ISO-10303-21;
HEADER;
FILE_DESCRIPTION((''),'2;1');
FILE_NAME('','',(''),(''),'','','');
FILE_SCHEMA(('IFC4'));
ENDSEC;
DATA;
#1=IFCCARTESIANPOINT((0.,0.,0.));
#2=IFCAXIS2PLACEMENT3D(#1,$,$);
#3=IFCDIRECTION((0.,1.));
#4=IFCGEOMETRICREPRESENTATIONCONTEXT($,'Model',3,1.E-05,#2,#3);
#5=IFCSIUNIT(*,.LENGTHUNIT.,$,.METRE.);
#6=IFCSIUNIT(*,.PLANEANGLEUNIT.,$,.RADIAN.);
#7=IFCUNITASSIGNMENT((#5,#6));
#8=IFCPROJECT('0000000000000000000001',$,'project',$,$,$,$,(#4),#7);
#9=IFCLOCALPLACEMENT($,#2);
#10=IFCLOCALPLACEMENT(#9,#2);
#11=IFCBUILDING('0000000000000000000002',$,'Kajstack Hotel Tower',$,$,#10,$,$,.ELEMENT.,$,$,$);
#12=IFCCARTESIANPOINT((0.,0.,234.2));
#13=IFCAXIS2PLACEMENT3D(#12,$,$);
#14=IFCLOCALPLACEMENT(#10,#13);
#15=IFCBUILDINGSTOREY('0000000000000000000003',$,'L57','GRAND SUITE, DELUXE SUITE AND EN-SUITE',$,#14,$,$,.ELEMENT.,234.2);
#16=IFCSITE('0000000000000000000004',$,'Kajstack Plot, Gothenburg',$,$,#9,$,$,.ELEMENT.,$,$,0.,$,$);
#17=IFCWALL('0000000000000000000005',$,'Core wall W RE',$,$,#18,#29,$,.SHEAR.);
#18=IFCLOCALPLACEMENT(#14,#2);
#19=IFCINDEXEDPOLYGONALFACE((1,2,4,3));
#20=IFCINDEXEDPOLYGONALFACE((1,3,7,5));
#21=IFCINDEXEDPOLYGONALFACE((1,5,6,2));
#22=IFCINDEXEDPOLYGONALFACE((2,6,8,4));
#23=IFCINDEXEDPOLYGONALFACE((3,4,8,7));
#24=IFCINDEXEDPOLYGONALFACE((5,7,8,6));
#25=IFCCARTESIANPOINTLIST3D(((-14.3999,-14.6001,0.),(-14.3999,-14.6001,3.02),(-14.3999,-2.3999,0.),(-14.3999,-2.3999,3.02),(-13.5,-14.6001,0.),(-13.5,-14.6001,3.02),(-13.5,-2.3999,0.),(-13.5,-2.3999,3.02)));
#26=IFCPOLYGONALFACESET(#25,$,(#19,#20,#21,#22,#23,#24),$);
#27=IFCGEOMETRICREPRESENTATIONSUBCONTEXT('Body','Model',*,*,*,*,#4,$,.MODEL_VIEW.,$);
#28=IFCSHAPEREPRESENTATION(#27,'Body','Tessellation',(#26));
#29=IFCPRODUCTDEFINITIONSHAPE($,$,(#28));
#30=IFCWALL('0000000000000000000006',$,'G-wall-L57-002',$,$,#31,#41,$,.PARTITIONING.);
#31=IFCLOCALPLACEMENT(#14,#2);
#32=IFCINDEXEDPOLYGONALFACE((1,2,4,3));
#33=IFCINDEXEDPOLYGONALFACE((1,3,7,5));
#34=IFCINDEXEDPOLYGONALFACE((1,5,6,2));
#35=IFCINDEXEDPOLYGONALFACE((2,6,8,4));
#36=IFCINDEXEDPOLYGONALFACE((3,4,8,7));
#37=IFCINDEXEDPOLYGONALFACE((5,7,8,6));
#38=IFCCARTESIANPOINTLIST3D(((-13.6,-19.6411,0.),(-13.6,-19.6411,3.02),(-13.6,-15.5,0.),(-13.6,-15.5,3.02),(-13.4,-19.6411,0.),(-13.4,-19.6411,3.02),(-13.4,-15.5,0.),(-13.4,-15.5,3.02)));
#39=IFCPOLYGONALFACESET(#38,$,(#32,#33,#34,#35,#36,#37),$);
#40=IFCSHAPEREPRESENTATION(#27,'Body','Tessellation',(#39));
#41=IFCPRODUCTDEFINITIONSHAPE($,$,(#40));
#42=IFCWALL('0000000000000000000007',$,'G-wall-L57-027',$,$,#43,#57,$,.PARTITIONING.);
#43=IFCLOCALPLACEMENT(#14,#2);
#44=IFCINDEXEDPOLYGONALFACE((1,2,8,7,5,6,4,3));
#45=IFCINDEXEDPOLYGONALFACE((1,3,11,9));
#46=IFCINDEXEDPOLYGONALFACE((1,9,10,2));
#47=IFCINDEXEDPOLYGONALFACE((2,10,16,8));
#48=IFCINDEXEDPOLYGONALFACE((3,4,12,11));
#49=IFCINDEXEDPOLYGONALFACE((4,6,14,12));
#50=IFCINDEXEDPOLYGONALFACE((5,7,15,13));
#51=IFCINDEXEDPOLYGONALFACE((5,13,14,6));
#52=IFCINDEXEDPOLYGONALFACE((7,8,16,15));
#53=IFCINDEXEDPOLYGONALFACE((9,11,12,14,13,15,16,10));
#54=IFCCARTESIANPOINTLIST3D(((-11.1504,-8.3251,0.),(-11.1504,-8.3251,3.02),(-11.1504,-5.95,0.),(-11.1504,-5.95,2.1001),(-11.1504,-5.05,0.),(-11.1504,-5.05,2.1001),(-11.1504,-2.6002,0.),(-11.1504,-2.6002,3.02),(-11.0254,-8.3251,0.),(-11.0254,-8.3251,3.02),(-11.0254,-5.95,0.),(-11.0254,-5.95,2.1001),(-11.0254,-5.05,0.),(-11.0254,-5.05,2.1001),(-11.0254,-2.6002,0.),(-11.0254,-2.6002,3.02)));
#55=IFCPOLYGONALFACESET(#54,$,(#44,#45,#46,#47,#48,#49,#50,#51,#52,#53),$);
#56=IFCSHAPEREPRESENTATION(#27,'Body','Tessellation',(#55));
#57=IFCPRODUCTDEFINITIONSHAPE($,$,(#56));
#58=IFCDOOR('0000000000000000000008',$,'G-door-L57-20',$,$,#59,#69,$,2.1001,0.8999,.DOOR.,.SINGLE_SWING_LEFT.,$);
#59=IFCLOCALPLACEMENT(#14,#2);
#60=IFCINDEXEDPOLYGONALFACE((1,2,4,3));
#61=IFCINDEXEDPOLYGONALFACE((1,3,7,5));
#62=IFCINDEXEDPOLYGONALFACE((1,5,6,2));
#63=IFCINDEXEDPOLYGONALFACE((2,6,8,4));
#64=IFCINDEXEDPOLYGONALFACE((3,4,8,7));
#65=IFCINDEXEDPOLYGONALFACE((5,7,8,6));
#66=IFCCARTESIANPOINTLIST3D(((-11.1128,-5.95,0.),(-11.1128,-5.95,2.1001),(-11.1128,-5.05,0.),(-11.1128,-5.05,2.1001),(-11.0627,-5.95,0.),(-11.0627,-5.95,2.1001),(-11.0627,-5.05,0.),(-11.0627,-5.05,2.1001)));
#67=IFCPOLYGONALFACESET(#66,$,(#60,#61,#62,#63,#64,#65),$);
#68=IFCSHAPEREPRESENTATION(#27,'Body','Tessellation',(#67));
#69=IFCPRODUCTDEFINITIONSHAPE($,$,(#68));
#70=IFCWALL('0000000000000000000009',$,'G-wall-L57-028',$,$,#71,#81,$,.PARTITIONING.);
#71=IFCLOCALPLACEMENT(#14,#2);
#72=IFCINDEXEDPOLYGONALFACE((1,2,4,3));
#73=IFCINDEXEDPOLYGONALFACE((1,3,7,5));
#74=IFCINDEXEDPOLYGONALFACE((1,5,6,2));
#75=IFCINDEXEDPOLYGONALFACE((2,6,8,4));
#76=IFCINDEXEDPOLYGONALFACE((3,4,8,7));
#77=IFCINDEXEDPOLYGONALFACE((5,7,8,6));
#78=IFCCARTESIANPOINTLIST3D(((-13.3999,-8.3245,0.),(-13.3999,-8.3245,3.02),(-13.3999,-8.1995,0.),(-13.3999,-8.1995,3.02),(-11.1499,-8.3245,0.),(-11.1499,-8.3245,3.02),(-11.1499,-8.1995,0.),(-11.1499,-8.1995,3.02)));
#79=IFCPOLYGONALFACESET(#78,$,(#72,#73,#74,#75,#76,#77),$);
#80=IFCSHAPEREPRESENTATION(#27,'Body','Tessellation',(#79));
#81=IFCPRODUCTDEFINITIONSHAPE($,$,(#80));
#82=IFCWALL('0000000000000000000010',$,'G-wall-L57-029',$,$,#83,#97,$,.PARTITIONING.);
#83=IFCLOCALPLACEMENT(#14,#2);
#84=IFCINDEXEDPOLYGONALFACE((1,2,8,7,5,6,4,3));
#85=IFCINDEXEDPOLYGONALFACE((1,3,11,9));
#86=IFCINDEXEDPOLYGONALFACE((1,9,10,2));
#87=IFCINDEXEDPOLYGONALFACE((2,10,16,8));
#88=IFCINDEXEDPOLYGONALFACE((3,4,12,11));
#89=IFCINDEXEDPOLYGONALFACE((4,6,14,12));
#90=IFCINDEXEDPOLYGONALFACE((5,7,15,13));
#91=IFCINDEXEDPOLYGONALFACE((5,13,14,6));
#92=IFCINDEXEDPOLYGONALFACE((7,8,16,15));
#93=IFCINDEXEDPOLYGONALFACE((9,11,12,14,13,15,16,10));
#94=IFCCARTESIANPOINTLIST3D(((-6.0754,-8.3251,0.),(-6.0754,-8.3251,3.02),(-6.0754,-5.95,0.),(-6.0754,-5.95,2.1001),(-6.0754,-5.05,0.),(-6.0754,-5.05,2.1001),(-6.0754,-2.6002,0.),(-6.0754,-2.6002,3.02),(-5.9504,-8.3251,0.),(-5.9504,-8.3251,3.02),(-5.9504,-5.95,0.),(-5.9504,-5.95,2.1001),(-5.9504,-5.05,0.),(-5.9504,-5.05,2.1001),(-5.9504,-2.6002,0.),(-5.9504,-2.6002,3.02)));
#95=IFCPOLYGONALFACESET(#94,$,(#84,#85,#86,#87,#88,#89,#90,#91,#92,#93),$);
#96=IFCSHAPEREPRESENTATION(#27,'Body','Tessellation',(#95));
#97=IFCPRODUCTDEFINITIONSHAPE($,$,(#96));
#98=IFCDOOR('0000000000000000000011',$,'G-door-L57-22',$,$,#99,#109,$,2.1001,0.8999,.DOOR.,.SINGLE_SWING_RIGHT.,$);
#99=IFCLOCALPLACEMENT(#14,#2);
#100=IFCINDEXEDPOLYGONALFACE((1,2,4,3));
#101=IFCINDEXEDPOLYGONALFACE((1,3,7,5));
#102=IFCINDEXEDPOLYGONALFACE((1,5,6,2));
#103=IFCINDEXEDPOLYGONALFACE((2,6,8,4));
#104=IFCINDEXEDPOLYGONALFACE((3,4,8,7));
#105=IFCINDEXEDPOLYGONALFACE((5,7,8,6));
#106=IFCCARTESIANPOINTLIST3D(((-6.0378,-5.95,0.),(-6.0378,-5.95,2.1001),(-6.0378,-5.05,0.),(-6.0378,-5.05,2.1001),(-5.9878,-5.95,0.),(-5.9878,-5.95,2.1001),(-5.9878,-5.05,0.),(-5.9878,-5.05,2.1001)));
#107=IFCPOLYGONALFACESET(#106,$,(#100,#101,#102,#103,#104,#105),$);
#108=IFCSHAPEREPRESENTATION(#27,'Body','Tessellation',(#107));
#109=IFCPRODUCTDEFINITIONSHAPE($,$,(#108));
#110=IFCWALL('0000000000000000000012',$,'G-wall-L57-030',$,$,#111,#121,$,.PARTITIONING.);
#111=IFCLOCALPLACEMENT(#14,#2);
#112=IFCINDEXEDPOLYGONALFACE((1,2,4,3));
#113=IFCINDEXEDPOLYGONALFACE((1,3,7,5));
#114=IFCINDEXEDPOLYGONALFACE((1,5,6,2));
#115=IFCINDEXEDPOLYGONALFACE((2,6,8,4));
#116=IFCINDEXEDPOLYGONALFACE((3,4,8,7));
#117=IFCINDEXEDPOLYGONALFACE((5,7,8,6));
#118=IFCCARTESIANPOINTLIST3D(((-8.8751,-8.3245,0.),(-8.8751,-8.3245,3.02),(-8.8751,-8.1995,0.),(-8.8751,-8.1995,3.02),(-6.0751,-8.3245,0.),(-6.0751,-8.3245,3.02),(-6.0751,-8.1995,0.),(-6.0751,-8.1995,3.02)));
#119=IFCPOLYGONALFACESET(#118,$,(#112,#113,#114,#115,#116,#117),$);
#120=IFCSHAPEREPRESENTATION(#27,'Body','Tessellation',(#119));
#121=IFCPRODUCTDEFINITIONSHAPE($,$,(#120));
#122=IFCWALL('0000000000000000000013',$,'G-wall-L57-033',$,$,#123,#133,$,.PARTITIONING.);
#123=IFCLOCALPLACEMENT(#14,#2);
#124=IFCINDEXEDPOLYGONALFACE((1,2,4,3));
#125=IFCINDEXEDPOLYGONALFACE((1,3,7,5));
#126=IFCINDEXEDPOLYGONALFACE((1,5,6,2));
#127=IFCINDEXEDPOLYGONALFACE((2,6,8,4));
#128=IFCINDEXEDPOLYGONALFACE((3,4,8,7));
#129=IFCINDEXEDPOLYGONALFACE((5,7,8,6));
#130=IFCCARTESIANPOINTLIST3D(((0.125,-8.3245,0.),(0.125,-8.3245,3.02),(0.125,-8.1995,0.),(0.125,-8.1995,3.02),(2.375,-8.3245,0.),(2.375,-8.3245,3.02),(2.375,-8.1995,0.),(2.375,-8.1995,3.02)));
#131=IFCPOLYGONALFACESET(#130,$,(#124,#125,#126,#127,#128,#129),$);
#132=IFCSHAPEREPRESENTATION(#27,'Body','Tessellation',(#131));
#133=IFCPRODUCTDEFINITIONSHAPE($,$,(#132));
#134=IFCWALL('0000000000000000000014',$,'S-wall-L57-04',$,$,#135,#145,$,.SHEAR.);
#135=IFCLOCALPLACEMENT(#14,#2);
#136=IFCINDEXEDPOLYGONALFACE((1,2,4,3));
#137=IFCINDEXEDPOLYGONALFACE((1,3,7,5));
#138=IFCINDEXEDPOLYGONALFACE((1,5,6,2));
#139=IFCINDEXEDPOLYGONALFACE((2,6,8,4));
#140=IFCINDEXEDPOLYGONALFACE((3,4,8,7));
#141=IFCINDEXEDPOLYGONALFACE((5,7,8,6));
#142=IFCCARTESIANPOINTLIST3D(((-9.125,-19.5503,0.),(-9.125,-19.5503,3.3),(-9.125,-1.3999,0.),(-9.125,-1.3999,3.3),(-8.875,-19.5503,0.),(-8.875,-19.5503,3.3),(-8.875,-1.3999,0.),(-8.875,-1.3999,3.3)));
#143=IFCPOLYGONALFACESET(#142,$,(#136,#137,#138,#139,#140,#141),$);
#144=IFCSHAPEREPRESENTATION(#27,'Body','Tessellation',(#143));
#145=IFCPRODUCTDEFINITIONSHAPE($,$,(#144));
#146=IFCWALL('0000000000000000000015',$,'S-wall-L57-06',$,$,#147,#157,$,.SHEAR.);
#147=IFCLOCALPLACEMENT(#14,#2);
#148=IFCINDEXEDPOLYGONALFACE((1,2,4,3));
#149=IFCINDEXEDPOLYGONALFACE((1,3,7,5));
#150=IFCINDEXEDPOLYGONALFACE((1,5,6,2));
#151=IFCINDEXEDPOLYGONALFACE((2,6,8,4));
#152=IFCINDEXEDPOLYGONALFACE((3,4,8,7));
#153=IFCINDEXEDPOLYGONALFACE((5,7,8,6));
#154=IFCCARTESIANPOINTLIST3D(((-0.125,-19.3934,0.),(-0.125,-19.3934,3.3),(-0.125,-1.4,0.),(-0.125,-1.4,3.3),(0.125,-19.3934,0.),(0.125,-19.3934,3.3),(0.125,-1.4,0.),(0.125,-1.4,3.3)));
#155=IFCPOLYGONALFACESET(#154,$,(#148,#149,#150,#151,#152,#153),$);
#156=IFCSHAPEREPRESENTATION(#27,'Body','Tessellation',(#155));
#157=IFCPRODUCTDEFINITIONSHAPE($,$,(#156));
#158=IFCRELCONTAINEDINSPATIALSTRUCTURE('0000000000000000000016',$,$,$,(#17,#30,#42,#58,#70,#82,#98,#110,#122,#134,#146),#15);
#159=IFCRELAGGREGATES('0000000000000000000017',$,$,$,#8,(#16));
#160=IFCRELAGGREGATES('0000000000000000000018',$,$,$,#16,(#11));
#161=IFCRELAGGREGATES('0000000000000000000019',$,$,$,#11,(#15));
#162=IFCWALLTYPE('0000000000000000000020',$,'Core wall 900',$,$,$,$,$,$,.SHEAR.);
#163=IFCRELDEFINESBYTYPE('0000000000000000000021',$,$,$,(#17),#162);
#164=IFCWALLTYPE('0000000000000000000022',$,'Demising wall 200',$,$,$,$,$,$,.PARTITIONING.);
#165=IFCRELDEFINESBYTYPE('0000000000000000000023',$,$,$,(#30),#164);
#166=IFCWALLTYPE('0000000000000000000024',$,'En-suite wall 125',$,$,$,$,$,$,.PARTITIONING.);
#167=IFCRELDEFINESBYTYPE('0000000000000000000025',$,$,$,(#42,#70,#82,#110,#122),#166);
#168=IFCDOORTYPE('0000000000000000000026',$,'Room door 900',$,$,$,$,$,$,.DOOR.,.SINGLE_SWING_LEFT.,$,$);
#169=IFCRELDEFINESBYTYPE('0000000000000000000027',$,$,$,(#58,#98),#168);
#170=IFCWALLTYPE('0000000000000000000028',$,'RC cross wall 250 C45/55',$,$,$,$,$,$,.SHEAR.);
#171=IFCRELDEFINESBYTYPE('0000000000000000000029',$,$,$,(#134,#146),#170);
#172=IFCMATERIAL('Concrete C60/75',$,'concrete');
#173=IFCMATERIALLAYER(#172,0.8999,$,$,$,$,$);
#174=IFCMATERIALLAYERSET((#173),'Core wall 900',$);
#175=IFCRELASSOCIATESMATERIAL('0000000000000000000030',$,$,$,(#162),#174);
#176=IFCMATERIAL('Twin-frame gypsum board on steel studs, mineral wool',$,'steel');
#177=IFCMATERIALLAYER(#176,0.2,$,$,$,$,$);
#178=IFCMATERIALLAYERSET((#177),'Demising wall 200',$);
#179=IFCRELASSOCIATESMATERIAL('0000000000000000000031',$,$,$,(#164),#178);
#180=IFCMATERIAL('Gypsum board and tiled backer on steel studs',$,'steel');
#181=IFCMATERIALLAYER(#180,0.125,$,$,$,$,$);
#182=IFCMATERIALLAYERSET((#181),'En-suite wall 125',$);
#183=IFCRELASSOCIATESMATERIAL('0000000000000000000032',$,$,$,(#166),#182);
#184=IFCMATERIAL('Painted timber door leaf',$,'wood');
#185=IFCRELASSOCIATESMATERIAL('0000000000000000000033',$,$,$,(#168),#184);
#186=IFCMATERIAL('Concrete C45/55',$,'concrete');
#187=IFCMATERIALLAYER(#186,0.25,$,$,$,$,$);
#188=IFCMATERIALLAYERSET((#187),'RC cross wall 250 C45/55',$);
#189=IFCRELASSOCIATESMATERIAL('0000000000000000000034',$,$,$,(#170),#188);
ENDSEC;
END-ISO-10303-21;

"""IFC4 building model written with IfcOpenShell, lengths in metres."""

from ifc_helpers import new_model, si_unit, direction, frame, frame_2d, origin, place, context, subcontext, project, spatial, rectangle, extrude, material, layer, layer_set, type_object, element, fill, save


model = new_model("IFC4")

# Units and contexts
model_context = context("Model", 3, precision=1e-05, world=origin(), true_north=direction((0.0, 1.0)))
body_context = subcontext(model_context, "Body", "Model", "MODEL_VIEW")
ifc_project = project(units=[si_unit("LENGTHUNIT", "METRE"), si_unit("PLANEANGLEUNIT", "RADIAN")], contexts=[model_context])

# Site, building, storey
site_placement = place(None, origin())
site = spatial("IfcSite", under=ifc_project, at=site_placement, Name="Kajstack Plot, Gothenburg", CompositionType="ELEMENT", RefElevation=0.0)
building_placement = place(site_placement, origin())
building = spatial("IfcBuilding", under=site, at=building_placement, Name="Kajstack Hotel Tower", CompositionType="ELEMENT")
storey_placement = place(building_placement, frame((0.0, 0.0, 234.2)))
storey = spatial("IfcBuildingStorey", under=building, at=storey_placement, Name="L57", Description="GRAND SUITE, DELUXE SUITE AND EN-SUITE", CompositionType="ELEMENT", Elevation=234.2)

# Walls
ifc_material_1 = material(Name="Concrete C60/75", Category="concrete")
ifc_layer_1 = layer(ifc_material_1, 0.8999)
ifc_layer_set_1 = layer_set([ifc_layer_1], Name="Core wall 900")
wall_type_1 = type_object("IfcWallType", Name="Core wall 900", PredefinedType="SHEAR", material=ifc_layer_set_1)
wall_1_placement = place(storey_placement, frame((-13.95, -14.6001, 0.0), z_axis=(0.0, 0.0, 1.0), x_axis=(0.0, 1.0, 0.0)))
element("IfcWall", 1, at=wall_1_placement, inside=storey, type_object=wall_type_1, Name="Core wall W RE", PredefinedType="SHEAR", context=body_context, shape_type="SweptSolid", body=[
    extrude(rectangle(XDim=12.2002, YDim=0.8999, at=frame_2d((6.1001, 0.0))), origin(), (0.0, 0.0, 1.0), 3.02),
])
ifc_material_2 = material(Name="Twin-frame gypsum board on steel studs, mineral wool", Category="steel")
ifc_layer_2 = layer(ifc_material_2, 0.2)
ifc_layer_set_2 = layer_set([ifc_layer_2], Name="Demising wall 200")
wall_type_2 = type_object("IfcWallType", Name="Demising wall 200", PredefinedType="PARTITIONING", material=ifc_layer_set_2)
wall_2_placement = place(storey_placement, frame((-13.5, -19.6411, 0.0), z_axis=(0.0, 0.0, 1.0), x_axis=(0.0, 1.0, 0.0)))
element("IfcWall", 2, at=wall_2_placement, inside=storey, type_object=wall_type_2, Name="G-wall-L57-002", PredefinedType="PARTITIONING", context=body_context, shape_type="SweptSolid", body=[
    extrude(rectangle(XDim=4.1411, YDim=0.2, at=frame_2d((2.0706, 0.0))), origin(), (0.0, 0.0, 1.0), 3.02),
])

# Wall, opening, door
ifc_material_3 = material(Name="Gypsum board and tiled backer on steel studs", Category="steel")
ifc_layer_3 = layer(ifc_material_3, 0.125)
ifc_layer_set_3 = layer_set([ifc_layer_3], Name="En-suite wall 125")
wall_type_3 = type_object("IfcWallType", Name="En-suite wall 125", PredefinedType="PARTITIONING", material=ifc_layer_set_3)
wall_3_placement = place(storey_placement, frame((-11.0879, -8.325, 0.0), z_axis=(0.0, 0.0, 1.0), x_axis=(0.0, 1.0, 0.0)))
wall_3 = element("IfcWall", 3, at=wall_3_placement, inside=storey, type_object=wall_type_3, Name="G-wall-L57-027", PredefinedType="PARTITIONING", context=body_context, shape_type="SweptSolid", body=[
    extrude(rectangle(XDim=5.7249, YDim=0.125, at=frame_2d((2.8623, 0.0))), origin(), (0.0, 0.0, 1.0), 3.02),
])
opening_1_placement = place(wall_3_placement, frame((2.375, 0.0, 0.0)))
opening_1 = element("IfcOpeningElement", 4, at=opening_1_placement, cuts=wall_3, PredefinedType="OPENING", context=body_context, shape_type="SweptSolid", body=[
    extrude(rectangle(XDim=0.8999, YDim=2.1001, at=frame_2d((0.45, 1.05))), frame((0.0, 0.0725, 0.0), z_axis=(0.0, -1.0, 0.0), x_axis=(1.0, 0.0, 0.0)), (0.0, 0.0, 1.0), 0.145),
])
ifc_material_4 = material(Name="Painted timber door leaf", Category="wood")
door_type = type_object("IfcDoorType", Name="Room door 900", OperationType="SINGLE_SWING_LEFT", PredefinedType="DOOR", material=ifc_material_4)
door_1_placement = place(opening_1_placement, origin())
door_1 = element("IfcDoor", 5, at=door_1_placement, inside=storey, type_object=door_type, Name="G-door-L57-20", OperationType="SINGLE_SWING_LEFT", OverallHeight=2.1001, OverallWidth=0.8999, PredefinedType="DOOR", context=body_context, shape_type="SweptSolid", body=[
    extrude(rectangle(XDim=0.8999, YDim=2.1001, at=frame_2d((0.45, 1.05))), frame((0.0, 0.0249, 0.0), z_axis=(0.0, -1.0, 0.0), x_axis=(1.0, 0.0, 0.0)), (0.0, 0.0, 1.0), 0.05),
])
fill(opening_1, door_1)

# Wall
wall_4_placement = place(storey_placement, frame((-13.3999, -8.262, 0.0), z_axis=(0.0, 0.0, 1.0), x_axis=(1.0, 0.0, 0.0)))
element("IfcWall", 6, at=wall_4_placement, inside=storey, type_object=wall_type_3, Name="G-wall-L57-028", PredefinedType="PARTITIONING", context=body_context, shape_type="SweptSolid", body=[
    extrude(rectangle(XDim=2.25, YDim=0.125, at=frame_2d((1.125, 0.0))), origin(), (0.0, 0.0, 1.0), 3.02),
])

# Wall, opening, door
wall_5_placement = place(storey_placement, frame((-6.0129, -8.325, 0.0), z_axis=(0.0, 0.0, 1.0), x_axis=(0.0, 1.0, 0.0)))
wall_5 = element("IfcWall", 7, at=wall_5_placement, inside=storey, type_object=wall_type_3, Name="G-wall-L57-029", PredefinedType="PARTITIONING", context=body_context, shape_type="SweptSolid", body=[
    extrude(rectangle(XDim=5.7249, YDim=0.125, at=frame_2d((2.8623, 0.0))), origin(), (0.0, 0.0, 1.0), 3.02),
])
opening_2_placement = place(wall_5_placement, frame((2.375, 0.0, 0.0)))
opening_2 = element("IfcOpeningElement", 8, at=opening_2_placement, cuts=wall_5, PredefinedType="OPENING", context=body_context, shape_type="SweptSolid", body=[
    extrude(rectangle(XDim=0.8999, YDim=2.1001, at=frame_2d((0.45, 1.05))), frame((0.0, 0.0725, 0.0), z_axis=(0.0, -1.0, 0.0), x_axis=(1.0, 0.0, 0.0)), (0.0, 0.0, 1.0), 0.145),
])
door_2_placement = place(opening_2_placement, origin())
door_2 = element("IfcDoor", 9, at=door_2_placement, inside=storey, type_object=door_type, Name="G-door-L57-22", OperationType="SINGLE_SWING_RIGHT", OverallHeight=2.1001, OverallWidth=0.8999, PredefinedType="DOOR", context=body_context, shape_type="SweptSolid", body=[
    extrude(rectangle(XDim=0.8999, YDim=2.1001, at=frame_2d((0.45, 1.05))), frame((0.0, 0.0249, 0.0), z_axis=(0.0, -1.0, 0.0), x_axis=(1.0, 0.0, 0.0)), (0.0, 0.0, 1.0), 0.05),
])
fill(opening_2, door_2)

# Walls
wall_6_placement = place(storey_placement, frame((-8.875, -8.262, 0.0), z_axis=(0.0, 0.0, 1.0), x_axis=(1.0, 0.0, 0.0)))
element("IfcWall", 10, at=wall_6_placement, inside=storey, type_object=wall_type_3, Name="G-wall-L57-030", PredefinedType="PARTITIONING", context=body_context, shape_type="SweptSolid", body=[
    extrude(rectangle(XDim=2.8, YDim=0.125, at=frame_2d((1.3999, 0.0))), origin(), (0.0, 0.0, 1.0), 3.02),
])
wall_7_placement = place(storey_placement, frame((0.125, -8.262, 0.0), z_axis=(0.0, 0.0, 1.0), x_axis=(1.0, 0.0, 0.0)))
element("IfcWall", 11, at=wall_7_placement, inside=storey, type_object=wall_type_3, Name="G-wall-L57-033", PredefinedType="PARTITIONING", context=body_context, shape_type="SweptSolid", body=[
    extrude(rectangle(XDim=2.25, YDim=0.125, at=frame_2d((1.125, 0.0))), origin(), (0.0, 0.0, 1.0), 3.02),
])
ifc_material_5 = material(Name="Concrete C45/55", Category="concrete")
ifc_layer_4 = layer(ifc_material_5, 0.25)
ifc_layer_set_4 = layer_set([ifc_layer_4], Name="RC cross wall 250 C45/55")
wall_type_4 = type_object("IfcWallType", Name="RC cross wall 250 C45/55", PredefinedType="SHEAR", material=ifc_layer_set_4)
wall_8_placement = place(storey_placement, frame((-9.0, -19.5503, 0.0), z_axis=(0.0, 0.0, 1.0), x_axis=(0.0, 1.0, 0.0)))
element("IfcWall", 12, at=wall_8_placement, inside=storey, type_object=wall_type_4, Name="S-wall-L57-04", PredefinedType="SHEAR", context=body_context, shape_type="SweptSolid", body=[
    extrude(rectangle(XDim=18.1504, YDim=0.25, at=frame_2d((9.0752, 0.0))), origin(), (0.0, 0.0, 1.0), 3.3),
])
wall_9_placement = place(storey_placement, frame((0.0, -19.3933, 0.0), z_axis=(0.0, 0.0, 1.0), x_axis=(0.0, 1.0, 0.0)))
element("IfcWall", 13, at=wall_9_placement, inside=storey, type_object=wall_type_4, Name="S-wall-L57-06", PredefinedType="SHEAR", context=body_context, shape_type="SweptSolid", body=[
    extrude(rectangle(XDim=17.9934, YDim=0.25, at=frame_2d((8.9966, 0.0))), origin(), (0.0, 0.0, 1.0), 3.3),
])

save(model, "model.ifc")
